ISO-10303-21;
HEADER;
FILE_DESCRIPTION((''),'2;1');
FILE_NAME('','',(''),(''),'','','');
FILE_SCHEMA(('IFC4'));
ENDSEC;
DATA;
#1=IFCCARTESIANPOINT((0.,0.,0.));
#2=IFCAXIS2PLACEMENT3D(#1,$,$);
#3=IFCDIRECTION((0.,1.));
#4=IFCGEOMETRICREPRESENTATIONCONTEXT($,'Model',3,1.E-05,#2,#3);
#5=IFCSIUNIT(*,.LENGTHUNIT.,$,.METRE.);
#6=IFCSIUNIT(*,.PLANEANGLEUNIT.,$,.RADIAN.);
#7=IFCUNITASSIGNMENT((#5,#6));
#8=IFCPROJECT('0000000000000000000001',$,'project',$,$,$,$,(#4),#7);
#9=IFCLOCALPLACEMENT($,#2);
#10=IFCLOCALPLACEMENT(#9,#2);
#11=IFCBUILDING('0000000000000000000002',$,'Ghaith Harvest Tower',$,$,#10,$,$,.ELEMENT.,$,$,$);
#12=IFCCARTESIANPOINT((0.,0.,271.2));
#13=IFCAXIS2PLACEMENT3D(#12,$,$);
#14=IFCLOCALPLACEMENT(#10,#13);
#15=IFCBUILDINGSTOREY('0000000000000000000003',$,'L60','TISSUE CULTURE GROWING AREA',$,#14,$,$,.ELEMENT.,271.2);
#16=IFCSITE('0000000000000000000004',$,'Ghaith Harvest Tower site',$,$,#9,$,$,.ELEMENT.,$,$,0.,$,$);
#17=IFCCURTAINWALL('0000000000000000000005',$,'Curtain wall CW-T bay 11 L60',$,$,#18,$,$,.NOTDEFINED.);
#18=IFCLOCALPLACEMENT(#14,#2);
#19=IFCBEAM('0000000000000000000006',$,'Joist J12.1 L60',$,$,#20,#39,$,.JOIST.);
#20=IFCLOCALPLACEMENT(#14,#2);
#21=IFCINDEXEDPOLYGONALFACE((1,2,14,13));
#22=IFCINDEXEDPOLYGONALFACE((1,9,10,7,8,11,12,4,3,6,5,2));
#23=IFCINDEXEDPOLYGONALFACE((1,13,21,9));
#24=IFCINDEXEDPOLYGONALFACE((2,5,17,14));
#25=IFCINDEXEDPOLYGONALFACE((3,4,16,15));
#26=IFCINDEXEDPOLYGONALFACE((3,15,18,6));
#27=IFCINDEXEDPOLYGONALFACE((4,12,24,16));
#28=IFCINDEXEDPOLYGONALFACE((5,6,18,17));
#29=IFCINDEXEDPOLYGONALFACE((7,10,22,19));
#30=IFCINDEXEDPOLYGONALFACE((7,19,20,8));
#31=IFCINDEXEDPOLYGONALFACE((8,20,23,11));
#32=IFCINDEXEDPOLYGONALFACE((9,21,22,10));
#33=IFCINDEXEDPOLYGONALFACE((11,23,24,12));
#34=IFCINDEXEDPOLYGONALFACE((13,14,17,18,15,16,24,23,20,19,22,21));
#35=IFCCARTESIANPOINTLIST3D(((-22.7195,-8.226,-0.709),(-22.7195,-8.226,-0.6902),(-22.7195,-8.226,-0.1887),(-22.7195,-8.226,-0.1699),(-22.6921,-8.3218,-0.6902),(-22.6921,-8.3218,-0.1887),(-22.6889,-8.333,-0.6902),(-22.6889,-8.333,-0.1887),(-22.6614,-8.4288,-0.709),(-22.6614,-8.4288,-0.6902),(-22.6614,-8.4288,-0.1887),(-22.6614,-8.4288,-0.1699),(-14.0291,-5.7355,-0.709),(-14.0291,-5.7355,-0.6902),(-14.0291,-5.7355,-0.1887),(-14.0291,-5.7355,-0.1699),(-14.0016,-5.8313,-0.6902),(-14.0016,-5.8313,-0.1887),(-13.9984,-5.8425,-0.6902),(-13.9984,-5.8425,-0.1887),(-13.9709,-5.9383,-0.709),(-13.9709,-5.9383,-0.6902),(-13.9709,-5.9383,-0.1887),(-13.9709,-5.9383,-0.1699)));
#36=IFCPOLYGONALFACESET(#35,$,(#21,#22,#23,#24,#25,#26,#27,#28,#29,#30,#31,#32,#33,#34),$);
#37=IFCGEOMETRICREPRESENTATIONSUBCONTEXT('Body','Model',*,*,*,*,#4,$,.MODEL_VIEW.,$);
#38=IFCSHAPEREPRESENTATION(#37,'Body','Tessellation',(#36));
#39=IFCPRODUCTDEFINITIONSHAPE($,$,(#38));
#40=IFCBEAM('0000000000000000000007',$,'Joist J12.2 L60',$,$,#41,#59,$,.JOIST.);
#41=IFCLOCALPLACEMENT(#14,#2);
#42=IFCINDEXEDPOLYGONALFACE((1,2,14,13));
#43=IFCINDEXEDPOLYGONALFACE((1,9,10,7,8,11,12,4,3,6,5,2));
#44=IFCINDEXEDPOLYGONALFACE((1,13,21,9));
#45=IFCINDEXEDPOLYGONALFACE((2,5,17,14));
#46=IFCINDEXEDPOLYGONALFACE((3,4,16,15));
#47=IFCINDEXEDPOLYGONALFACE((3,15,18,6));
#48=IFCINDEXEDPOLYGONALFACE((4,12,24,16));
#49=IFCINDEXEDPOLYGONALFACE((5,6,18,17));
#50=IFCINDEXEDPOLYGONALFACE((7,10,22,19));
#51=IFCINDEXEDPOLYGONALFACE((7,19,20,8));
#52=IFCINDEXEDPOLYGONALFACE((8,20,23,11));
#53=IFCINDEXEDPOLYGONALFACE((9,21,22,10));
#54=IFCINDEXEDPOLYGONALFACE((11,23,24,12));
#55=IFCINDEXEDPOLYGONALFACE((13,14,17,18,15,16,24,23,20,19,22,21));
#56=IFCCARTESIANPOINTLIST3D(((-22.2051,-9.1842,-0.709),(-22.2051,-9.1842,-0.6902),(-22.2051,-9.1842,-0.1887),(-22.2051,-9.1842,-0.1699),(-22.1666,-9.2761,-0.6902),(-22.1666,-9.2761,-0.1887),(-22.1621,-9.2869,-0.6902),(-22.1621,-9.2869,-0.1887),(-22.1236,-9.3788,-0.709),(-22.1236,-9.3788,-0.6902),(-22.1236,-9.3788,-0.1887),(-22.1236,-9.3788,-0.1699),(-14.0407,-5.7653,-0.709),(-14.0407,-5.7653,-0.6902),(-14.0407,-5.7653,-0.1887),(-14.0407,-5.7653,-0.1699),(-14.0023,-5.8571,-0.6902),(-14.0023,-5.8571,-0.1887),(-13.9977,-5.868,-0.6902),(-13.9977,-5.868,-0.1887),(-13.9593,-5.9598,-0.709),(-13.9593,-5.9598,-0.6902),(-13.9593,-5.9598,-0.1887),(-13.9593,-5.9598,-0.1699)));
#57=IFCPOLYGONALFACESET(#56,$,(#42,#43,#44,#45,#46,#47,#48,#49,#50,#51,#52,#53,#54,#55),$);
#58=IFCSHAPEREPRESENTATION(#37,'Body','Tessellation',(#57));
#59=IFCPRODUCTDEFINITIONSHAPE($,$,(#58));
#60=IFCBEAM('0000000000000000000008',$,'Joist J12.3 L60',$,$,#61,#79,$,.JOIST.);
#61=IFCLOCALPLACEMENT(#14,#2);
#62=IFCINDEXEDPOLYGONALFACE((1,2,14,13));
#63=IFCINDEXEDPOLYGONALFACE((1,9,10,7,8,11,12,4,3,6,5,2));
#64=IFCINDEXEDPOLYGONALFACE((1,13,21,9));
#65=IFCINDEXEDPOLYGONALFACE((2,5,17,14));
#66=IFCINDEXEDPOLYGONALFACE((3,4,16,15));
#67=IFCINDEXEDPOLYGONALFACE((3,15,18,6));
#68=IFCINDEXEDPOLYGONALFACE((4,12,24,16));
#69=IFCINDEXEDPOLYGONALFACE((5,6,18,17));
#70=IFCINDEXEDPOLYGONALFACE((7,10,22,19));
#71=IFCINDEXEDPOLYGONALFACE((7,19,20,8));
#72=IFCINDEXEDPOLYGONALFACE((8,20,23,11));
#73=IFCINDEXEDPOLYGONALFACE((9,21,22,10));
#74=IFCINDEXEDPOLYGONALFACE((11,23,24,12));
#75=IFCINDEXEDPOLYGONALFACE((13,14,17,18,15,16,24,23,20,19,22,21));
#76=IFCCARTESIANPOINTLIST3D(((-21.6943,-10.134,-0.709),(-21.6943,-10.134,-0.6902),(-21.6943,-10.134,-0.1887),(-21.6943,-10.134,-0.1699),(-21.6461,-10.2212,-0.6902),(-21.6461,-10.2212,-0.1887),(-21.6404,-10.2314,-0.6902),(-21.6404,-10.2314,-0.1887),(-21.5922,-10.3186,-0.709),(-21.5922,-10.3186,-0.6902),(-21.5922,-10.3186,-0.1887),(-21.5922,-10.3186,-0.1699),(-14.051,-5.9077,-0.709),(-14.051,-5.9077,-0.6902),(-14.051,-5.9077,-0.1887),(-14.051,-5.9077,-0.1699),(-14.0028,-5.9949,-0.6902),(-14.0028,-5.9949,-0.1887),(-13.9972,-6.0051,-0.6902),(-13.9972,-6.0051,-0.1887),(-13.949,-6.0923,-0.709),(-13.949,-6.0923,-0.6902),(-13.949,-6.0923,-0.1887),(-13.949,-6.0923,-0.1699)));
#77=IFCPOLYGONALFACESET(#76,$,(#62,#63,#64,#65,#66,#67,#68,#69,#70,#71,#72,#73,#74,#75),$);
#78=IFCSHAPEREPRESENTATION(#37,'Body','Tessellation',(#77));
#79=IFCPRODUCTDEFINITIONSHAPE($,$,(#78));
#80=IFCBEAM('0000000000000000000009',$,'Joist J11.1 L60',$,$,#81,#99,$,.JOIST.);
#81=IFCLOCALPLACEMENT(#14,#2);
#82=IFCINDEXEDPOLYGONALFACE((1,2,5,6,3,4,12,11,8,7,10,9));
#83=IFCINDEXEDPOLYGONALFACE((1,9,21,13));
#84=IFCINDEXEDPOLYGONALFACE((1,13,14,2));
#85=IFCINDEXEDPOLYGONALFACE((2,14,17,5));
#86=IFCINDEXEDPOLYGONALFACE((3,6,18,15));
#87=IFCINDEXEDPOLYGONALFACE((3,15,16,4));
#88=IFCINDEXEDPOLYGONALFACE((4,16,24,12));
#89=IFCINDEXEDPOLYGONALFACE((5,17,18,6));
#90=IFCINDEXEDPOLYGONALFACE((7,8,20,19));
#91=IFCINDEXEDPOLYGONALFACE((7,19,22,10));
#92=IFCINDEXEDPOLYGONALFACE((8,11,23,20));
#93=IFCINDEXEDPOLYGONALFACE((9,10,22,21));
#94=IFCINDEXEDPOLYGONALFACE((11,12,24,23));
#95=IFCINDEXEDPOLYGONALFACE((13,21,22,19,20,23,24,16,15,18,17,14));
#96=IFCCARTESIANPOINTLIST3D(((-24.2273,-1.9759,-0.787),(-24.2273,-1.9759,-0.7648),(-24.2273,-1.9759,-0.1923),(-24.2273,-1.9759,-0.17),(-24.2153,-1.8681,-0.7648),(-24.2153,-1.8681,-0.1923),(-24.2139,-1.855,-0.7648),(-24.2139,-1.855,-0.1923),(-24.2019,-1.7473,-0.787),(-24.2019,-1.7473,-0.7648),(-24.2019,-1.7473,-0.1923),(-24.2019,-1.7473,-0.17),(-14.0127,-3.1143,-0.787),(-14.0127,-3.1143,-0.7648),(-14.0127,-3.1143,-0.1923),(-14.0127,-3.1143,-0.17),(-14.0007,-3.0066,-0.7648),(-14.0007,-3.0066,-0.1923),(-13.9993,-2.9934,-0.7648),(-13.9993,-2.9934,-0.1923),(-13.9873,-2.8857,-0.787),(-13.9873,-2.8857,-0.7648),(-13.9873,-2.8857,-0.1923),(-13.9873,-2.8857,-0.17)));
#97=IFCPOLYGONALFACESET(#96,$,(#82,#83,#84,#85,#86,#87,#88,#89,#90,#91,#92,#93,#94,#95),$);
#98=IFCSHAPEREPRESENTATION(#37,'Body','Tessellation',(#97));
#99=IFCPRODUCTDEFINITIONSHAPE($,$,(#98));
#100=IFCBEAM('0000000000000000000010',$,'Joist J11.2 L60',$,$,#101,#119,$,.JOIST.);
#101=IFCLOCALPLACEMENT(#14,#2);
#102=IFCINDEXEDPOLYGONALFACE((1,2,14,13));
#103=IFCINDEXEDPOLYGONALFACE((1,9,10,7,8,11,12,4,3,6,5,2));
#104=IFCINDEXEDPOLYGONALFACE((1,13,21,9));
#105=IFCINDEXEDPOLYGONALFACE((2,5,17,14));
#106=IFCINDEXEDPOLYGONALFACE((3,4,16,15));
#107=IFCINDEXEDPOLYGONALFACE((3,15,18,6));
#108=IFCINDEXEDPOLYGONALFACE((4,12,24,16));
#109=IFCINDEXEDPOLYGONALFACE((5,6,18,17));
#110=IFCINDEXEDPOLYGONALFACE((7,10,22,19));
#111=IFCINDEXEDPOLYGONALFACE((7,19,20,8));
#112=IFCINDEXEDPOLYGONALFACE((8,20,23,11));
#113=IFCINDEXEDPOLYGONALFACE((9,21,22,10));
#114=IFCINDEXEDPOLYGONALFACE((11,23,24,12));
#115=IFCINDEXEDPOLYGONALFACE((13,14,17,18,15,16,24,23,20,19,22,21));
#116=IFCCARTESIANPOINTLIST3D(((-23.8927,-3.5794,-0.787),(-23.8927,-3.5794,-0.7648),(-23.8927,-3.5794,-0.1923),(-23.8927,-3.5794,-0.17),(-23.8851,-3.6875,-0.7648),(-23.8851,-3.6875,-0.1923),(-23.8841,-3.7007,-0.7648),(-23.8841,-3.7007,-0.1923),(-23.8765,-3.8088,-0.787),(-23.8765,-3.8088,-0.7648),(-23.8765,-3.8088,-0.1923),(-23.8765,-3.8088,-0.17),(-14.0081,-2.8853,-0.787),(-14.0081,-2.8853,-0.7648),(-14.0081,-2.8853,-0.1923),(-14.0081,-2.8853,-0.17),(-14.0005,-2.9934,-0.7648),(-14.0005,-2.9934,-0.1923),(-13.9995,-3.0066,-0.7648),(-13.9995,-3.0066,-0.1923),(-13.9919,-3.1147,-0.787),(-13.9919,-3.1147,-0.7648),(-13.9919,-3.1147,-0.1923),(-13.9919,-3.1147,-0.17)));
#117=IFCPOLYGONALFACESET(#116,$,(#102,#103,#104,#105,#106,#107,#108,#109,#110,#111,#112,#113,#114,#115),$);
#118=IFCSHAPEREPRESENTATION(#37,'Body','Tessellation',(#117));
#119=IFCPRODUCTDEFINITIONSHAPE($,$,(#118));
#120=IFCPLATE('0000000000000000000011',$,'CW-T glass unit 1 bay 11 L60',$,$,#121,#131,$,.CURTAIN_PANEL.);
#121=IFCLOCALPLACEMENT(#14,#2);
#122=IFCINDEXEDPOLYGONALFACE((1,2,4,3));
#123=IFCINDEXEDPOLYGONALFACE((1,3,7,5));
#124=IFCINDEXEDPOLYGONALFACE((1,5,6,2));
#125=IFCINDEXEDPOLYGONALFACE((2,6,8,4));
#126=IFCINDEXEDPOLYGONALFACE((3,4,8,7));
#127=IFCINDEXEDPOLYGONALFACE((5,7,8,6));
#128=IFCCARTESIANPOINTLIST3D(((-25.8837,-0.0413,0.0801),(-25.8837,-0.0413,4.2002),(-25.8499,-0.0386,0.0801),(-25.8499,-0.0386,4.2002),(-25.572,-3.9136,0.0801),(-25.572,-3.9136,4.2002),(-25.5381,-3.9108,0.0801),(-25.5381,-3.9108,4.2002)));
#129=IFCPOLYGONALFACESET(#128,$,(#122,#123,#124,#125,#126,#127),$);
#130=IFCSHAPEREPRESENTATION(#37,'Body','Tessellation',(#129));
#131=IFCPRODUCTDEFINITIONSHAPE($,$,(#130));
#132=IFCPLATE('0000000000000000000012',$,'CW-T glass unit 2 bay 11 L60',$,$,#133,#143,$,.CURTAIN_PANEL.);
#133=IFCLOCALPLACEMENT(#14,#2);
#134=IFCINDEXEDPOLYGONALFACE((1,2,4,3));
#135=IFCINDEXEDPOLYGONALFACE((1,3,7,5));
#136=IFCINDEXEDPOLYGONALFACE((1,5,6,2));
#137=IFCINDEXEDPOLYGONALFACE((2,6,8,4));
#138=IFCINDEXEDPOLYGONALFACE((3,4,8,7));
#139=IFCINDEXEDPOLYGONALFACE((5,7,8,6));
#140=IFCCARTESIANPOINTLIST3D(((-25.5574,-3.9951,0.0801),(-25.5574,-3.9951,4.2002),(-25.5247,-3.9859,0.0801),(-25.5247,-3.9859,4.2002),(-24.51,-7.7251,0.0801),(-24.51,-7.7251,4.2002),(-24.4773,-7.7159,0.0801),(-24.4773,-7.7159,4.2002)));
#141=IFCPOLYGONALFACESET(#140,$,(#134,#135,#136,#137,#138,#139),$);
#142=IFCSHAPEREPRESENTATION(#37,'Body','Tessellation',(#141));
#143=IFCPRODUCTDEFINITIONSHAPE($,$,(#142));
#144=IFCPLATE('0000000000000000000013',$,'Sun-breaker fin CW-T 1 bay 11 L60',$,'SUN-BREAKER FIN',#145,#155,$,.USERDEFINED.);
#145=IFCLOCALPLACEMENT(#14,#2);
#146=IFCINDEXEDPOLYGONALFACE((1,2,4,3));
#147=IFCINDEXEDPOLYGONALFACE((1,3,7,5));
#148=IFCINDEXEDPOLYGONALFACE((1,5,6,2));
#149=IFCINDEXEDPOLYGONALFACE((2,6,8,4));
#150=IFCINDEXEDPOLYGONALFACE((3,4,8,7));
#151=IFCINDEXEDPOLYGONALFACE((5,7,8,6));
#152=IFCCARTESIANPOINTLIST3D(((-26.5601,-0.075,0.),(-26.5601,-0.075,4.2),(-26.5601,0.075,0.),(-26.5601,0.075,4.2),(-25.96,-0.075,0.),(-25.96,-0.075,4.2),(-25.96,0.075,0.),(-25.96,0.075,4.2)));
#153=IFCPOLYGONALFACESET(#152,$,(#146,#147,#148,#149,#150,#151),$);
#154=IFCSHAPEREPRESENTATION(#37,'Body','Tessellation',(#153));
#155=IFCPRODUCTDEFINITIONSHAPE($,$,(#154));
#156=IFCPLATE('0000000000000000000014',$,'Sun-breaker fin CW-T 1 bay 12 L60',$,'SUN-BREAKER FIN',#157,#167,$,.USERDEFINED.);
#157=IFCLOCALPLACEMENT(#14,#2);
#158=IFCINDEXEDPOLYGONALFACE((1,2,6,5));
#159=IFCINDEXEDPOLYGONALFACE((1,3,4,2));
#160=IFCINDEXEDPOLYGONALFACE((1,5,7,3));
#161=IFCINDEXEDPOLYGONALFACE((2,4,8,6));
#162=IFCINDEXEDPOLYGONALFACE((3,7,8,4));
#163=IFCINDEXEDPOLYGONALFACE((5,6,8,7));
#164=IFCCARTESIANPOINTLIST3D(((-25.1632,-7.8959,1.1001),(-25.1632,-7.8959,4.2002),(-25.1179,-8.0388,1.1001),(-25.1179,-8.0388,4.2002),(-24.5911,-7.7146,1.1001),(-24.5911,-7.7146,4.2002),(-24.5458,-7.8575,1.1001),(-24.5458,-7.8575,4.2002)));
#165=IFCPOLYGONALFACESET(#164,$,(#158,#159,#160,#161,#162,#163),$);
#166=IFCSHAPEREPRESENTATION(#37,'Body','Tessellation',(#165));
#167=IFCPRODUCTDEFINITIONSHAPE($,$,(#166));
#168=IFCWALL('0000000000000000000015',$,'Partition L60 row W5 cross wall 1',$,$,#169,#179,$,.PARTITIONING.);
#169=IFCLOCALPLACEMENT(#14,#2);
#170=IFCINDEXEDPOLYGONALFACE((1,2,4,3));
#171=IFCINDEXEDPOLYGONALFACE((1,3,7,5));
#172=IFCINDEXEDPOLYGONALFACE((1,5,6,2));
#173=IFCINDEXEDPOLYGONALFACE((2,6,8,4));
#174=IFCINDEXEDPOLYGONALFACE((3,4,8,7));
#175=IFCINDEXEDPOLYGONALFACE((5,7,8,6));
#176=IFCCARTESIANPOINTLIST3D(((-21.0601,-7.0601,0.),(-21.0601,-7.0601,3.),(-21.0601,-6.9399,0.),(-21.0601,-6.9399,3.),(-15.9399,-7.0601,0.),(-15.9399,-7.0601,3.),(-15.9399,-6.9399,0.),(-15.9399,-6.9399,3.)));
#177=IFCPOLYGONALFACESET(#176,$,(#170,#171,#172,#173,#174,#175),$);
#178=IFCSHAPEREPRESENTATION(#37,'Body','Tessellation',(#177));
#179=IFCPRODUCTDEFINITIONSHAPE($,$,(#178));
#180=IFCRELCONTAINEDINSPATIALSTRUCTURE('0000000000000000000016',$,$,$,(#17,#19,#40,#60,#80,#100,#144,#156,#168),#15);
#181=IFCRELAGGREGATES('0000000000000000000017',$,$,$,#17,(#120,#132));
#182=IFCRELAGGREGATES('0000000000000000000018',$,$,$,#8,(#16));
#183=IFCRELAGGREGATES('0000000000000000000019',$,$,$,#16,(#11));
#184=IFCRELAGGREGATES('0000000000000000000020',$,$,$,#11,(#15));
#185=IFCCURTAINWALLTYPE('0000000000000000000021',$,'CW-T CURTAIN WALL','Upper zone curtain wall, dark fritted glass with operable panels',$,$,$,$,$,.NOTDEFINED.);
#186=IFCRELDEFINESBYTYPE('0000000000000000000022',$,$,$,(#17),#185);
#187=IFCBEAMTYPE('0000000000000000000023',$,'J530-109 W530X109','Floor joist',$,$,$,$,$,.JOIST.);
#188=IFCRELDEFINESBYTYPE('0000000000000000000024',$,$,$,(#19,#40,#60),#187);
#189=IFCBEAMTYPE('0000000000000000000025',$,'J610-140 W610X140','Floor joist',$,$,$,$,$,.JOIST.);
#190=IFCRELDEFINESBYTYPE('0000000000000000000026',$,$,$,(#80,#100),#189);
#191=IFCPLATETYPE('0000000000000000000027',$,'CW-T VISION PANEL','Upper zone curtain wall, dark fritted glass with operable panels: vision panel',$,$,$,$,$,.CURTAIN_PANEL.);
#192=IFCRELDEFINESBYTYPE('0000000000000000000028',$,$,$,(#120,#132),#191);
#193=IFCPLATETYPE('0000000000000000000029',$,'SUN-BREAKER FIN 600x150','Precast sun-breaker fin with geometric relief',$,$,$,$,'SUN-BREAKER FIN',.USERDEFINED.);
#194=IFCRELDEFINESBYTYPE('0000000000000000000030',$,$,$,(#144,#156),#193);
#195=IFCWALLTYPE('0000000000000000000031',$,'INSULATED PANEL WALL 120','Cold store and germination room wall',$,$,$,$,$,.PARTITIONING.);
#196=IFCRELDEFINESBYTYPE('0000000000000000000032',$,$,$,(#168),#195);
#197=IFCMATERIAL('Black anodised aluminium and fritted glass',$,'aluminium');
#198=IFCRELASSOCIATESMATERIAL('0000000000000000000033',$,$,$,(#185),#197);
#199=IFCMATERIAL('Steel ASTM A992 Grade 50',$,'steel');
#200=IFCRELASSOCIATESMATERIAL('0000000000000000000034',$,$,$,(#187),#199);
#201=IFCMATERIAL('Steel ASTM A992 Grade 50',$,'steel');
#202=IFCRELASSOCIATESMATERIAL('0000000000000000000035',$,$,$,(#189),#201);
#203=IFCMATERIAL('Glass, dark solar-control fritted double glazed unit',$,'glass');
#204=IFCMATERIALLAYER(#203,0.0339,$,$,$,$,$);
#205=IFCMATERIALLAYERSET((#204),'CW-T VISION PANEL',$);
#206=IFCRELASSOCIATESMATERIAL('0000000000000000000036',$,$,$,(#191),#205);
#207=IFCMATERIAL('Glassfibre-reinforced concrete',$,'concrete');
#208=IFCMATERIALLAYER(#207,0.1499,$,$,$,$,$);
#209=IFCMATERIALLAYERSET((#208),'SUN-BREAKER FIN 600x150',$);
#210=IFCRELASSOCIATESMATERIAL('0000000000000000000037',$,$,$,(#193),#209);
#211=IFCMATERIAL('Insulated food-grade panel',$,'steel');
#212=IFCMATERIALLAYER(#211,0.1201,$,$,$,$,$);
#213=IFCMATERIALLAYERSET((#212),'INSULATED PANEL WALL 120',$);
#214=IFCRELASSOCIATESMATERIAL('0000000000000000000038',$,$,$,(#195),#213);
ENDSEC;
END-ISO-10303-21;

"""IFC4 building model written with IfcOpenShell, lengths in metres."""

from ifc_helpers import new_model, si_unit, direction, frame, frame_2d, origin, origin_2d, place, context, subcontext, project, spatial, rectangle, i_section, extrude, material, layer, layer_set, material_profile, profile_set, type_object, element, aggregate, save


model = new_model("IFC4")

# Units and contexts
model_context = context("Model", 3, precision=1e-05, world=origin(), true_north=direction((0.0, 1.0)))
body_context = subcontext(model_context, "Body", "Model", "MODEL_VIEW")
ifc_project = project(units=[si_unit("LENGTHUNIT", "METRE"), si_unit("PLANEANGLEUNIT", "RADIAN")], contexts=[model_context])

# Site, building, storey
site_placement = place(None, origin())
site = spatial("IfcSite", under=ifc_project, at=site_placement, Name="Ghaith Harvest Tower site", CompositionType="ELEMENT", RefElevation=0.0)
building_placement = place(site_placement, origin())
building = spatial("IfcBuilding", under=site, at=building_placement, Name="Ghaith Harvest Tower", CompositionType="ELEMENT")
storey_placement = place(building_placement, frame((0.0, 0.0, 271.2)))
storey = spatial("IfcBuildingStorey", under=building, at=storey_placement, Name="L60", Description="TISSUE CULTURE GROWING AREA", CompositionType="ELEMENT", Elevation=271.2)

# Curtain wall
ifc_material_1 = material(Name="Black anodised aluminium and fritted glass", Category="aluminium")
curtain_wall_type = type_object("IfcCurtainWallType", Name="CW-T CURTAIN WALL", Description="Upper zone curtain wall, dark fritted glass with operable panels", PredefinedType="NOTDEFINED", material=ifc_material_1)
curtain_wall_1_placement = place(storey_placement, origin())
curtain_wall_1 = element("IfcCurtainWall", 1, at=curtain_wall_1_placement, inside=storey, type_object=curtain_wall_type, Name="Curtain wall CW-T bay 11 L60", PredefinedType="NOTDEFINED")

# Beams
ifc_material_2 = material(Name="Steel ASTM A992 Grade 50", Category="steel")
ifc_material_profile_1 = material_profile(ifc_material_2, i_section(OverallWidth=0.2109, OverallDepth=0.5391, WebThickness=0.0117, FlangeThickness=0.0188, at=origin_2d()), Name="W530X109")
ifc_profile_set_1 = profile_set([ifc_material_profile_1], Name="Steel ASTM A992 Grade 50")
beam_type_1 = type_object("IfcBeamType", Name="J530-109 W530X109", Description="Floor joist", PredefinedType="JOIST", material=ifc_profile_set_1)
beam_1_placement = place(storey_placement, frame((-14.0, -5.8369, -0.4395), z_axis=(-0.961305, -0.275488, 0.0), x_axis=(0.275488, -0.961305, 0.0)))
element("IfcBeam", 2, at=beam_1_placement, inside=storey, type_object=beam_type_1, Name="Joist J12.1 L60", PredefinedType="JOIST", context=body_context, shape_type="SweptSolid", body=[
    extrude(i_section(OverallWidth=0.2109, OverallDepth=0.5391, WebThickness=0.0117, FlangeThickness=0.0188, at=origin_2d()), origin(), (0.0, 0.0, 1.0), 9.0403),
])
beam_2_placement = place(storey_placement, frame((-14.0, -5.8625, -0.4395), z_axis=(-0.922388, -0.386266, 0.0), x_axis=(0.386266, -0.922388, 0.0)))
element("IfcBeam", 3, at=beam_2_placement, inside=storey, type_object=beam_type_1, Name="Joist J12.2 L60", PredefinedType="JOIST", context=body_context, shape_type="SweptSolid", body=[
    extrude(i_section(OverallWidth=0.2109, OverallDepth=0.5391, WebThickness=0.0117, FlangeThickness=0.0188, at=origin_2d()), origin(), (0.0, 0.0, 1.0), 8.8513),
])
beam_3_placement = place(storey_placement, frame((-14.0, -6.0, -0.4395), z_axis=(-0.875126, -0.483895, 0.0), x_axis=(0.483895, -0.875126, 0.0)))
element("IfcBeam", 4, at=beam_3_placement, inside=storey, type_object=beam_type_1, Name="Joist J12.3 L60", PredefinedType="JOIST", context=body_context, shape_type="SweptSolid", body=[
    extrude(i_section(OverallWidth=0.2109, OverallDepth=0.5391, WebThickness=0.0117, FlangeThickness=0.0188, at=origin_2d()), origin(), (0.0, 0.0, 1.0), 8.7339),
])
ifc_material_3 = material(Name="Steel ASTM A992 Grade 50", Category="steel")
ifc_material_profile_2 = material_profile(ifc_material_3, i_section(OverallWidth=0.23, OverallDepth=0.6169, WebThickness=0.0132, FlangeThickness=0.0222, at=origin_2d()), Name="W610X140")
ifc_profile_set_2 = profile_set([ifc_material_profile_2], Name="Steel ASTM A992 Grade 50")
beam_type_2 = type_object("IfcBeamType", Name="J610-140 W610X140", Description="Floor joist", PredefinedType="JOIST", material=ifc_profile_set_2)
beam_4_placement = place(storey_placement, frame((-14.0, -3.0, -0.4785), z_axis=(-0.993847, 0.110765, 0.0), x_axis=(-0.110765, -0.993847, 0.0)))
element("IfcBeam", 5, at=beam_4_placement, inside=storey, type_object=beam_type_2, Name="Joist J11.1 L60", PredefinedType="JOIST", context=body_context, shape_type="SweptSolid", body=[
    extrude(i_section(OverallWidth=0.23, OverallDepth=0.6169, WebThickness=0.0132, FlangeThickness=0.0222, at=origin_2d()), origin(), (0.0, 0.0, 1.0), 10.2778),
])
beam_5_placement = place(storey_placement, frame((-14.0, -3.0, -0.4785), z_axis=(-0.997544, -0.070048, 0.0), x_axis=(0.070048, -0.997544, 0.0)))
element("IfcBeam", 6, at=beam_5_placement, inside=storey, type_object=beam_type_2, Name="Joist J11.2 L60", PredefinedType="JOIST", context=body_context, shape_type="SweptSolid", body=[
    extrude(i_section(OverallWidth=0.23, OverallDepth=0.6169, WebThickness=0.0132, FlangeThickness=0.0222, at=origin_2d()), origin(), (0.0, 0.0, 1.0), 9.9089),
])

# Plates
ifc_material_4 = material(Name="Glass, dark solar-control fritted double glazed unit", Category="glass")
ifc_layer_1 = layer(ifc_material_4, 0.0339)
ifc_layer_set_1 = layer_set([ifc_layer_1], Name="CW-T VISION PANEL")
plate_type_1 = type_object("IfcPlateType", Name="CW-T VISION PANEL", Description="Upper zone curtain wall, dark fritted glass with operable panels: vision panel", PredefinedType="CURTAIN_PANEL", material=ifc_layer_set_1)
plate_1_placement = place(storey_placement, frame((-25.7109, -1.9761, 0.0801), z_axis=(0.0, 0.0, 1.0), x_axis=(0.080258, -0.996774, 0.0)))
plate_1 = element("IfcPlate", 7, at=plate_1_placement, type_object=plate_type_1, Name="CW-T glass unit 1 bay 11 L60", PredefinedType="CURTAIN_PANEL", context=body_context, shape_type="SweptSolid", body=[
    extrude(rectangle(XDim=3.8848, YDim=0.0339, at=origin_2d()), origin(), (0.0, 0.0, 1.0), 4.1201),
])
plate_2_placement = place(storey_placement, frame((-25.0173, -5.8555, 0.0801), z_axis=(0.0, 0.0, 1.0), x_axis=(0.270355, -0.962761, 0.0)))
plate_2 = element("IfcPlate", 8, at=plate_2_placement, type_object=plate_type_1, Name="CW-T glass unit 2 bay 11 L60", PredefinedType="CURTAIN_PANEL", context=body_context, shape_type="SweptSolid", body=[
    extrude(rectangle(XDim=3.8743, YDim=0.0339, at=origin_2d()), origin(), (0.0, 0.0, 1.0), 4.1201),
])
aggregate(curtain_wall_1, [plate_1, plate_2])

# Plates
ifc_material_5 = material(Name="Glassfibre-reinforced concrete", Category="concrete")
ifc_layer_2 = layer(ifc_material_5, 0.1499)
ifc_layer_set_2 = layer_set([ifc_layer_2], Name="SUN-BREAKER FIN 600x150")
plate_type_2 = type_object("IfcPlateType", Name="SUN-BREAKER FIN 600x150", Description="Precast sun-breaker fin with geometric relief", ElementType="SUN-BREAKER FIN", PredefinedType="USERDEFINED", material=ifc_layer_set_2)
plate_3_placement = place(storey_placement, frame((-26.26, 0.0, 0.0), z_axis=(0.0, 0.0, 1.0), x_axis=(-1.0, 0.0, 0.0)))
element("IfcPlate", 9, at=plate_3_placement, inside=storey, type_object=plate_type_2, Name="Sun-breaker fin CW-T 1 bay 11 L60", ObjectType="SUN-BREAKER FIN", PredefinedType="USERDEFINED", context=body_context, shape_type="SweptSolid", body=[
    extrude(rectangle(XDim=0.6001, YDim=0.1499, at=origin_2d()), origin(), (0.0, 0.0, 1.0), 4.2),
])
plate_4_placement = place(storey_placement, frame((-24.8545, -7.8767, 1.1001), z_axis=(0.0, 0.0, 1.0), x_axis=(-0.953273, -0.30211, 0.0)))
element("IfcPlate", 10, at=plate_4_placement, inside=storey, type_object=plate_type_2, Name="Sun-breaker fin CW-T 1 bay 12 L60", ObjectType="SUN-BREAKER FIN", PredefinedType="USERDEFINED", context=body_context, shape_type="SweptSolid", body=[
    extrude(rectangle(XDim=0.6001, YDim=0.1499, at=origin_2d()), origin(), (0.0, 0.0, 1.0), 3.1001),
])

# Wall
ifc_material_6 = material(Name="Insulated food-grade panel", Category="steel")
ifc_layer_3 = layer(ifc_material_6, 0.1201)
ifc_layer_set_3 = layer_set([ifc_layer_3], Name="INSULATED PANEL WALL 120")
wall_type_1 = type_object("IfcWallType", Name="INSULATED PANEL WALL 120", Description="Cold store and germination room wall", PredefinedType="PARTITIONING", material=ifc_layer_set_3)
wall_1_placement = place(storey_placement, frame((-15.9399, -7.0, 0.0), z_axis=(0.0, 0.0, 1.0), x_axis=(-1.0, 0.0, 0.0)))
element("IfcWall", 11, at=wall_1_placement, inside=storey, type_object=wall_type_1, Name="Partition L60 row W5 cross wall 1", PredefinedType="PARTITIONING", context=body_context, shape_type="SweptSolid", body=[
    extrude(rectangle(XDim=5.1201, YDim=0.1201, at=frame_2d((2.5601, 0.0))), origin(), (0.0, 0.0, 1.0), 3.0),
])

save(model, "model.ifc")
